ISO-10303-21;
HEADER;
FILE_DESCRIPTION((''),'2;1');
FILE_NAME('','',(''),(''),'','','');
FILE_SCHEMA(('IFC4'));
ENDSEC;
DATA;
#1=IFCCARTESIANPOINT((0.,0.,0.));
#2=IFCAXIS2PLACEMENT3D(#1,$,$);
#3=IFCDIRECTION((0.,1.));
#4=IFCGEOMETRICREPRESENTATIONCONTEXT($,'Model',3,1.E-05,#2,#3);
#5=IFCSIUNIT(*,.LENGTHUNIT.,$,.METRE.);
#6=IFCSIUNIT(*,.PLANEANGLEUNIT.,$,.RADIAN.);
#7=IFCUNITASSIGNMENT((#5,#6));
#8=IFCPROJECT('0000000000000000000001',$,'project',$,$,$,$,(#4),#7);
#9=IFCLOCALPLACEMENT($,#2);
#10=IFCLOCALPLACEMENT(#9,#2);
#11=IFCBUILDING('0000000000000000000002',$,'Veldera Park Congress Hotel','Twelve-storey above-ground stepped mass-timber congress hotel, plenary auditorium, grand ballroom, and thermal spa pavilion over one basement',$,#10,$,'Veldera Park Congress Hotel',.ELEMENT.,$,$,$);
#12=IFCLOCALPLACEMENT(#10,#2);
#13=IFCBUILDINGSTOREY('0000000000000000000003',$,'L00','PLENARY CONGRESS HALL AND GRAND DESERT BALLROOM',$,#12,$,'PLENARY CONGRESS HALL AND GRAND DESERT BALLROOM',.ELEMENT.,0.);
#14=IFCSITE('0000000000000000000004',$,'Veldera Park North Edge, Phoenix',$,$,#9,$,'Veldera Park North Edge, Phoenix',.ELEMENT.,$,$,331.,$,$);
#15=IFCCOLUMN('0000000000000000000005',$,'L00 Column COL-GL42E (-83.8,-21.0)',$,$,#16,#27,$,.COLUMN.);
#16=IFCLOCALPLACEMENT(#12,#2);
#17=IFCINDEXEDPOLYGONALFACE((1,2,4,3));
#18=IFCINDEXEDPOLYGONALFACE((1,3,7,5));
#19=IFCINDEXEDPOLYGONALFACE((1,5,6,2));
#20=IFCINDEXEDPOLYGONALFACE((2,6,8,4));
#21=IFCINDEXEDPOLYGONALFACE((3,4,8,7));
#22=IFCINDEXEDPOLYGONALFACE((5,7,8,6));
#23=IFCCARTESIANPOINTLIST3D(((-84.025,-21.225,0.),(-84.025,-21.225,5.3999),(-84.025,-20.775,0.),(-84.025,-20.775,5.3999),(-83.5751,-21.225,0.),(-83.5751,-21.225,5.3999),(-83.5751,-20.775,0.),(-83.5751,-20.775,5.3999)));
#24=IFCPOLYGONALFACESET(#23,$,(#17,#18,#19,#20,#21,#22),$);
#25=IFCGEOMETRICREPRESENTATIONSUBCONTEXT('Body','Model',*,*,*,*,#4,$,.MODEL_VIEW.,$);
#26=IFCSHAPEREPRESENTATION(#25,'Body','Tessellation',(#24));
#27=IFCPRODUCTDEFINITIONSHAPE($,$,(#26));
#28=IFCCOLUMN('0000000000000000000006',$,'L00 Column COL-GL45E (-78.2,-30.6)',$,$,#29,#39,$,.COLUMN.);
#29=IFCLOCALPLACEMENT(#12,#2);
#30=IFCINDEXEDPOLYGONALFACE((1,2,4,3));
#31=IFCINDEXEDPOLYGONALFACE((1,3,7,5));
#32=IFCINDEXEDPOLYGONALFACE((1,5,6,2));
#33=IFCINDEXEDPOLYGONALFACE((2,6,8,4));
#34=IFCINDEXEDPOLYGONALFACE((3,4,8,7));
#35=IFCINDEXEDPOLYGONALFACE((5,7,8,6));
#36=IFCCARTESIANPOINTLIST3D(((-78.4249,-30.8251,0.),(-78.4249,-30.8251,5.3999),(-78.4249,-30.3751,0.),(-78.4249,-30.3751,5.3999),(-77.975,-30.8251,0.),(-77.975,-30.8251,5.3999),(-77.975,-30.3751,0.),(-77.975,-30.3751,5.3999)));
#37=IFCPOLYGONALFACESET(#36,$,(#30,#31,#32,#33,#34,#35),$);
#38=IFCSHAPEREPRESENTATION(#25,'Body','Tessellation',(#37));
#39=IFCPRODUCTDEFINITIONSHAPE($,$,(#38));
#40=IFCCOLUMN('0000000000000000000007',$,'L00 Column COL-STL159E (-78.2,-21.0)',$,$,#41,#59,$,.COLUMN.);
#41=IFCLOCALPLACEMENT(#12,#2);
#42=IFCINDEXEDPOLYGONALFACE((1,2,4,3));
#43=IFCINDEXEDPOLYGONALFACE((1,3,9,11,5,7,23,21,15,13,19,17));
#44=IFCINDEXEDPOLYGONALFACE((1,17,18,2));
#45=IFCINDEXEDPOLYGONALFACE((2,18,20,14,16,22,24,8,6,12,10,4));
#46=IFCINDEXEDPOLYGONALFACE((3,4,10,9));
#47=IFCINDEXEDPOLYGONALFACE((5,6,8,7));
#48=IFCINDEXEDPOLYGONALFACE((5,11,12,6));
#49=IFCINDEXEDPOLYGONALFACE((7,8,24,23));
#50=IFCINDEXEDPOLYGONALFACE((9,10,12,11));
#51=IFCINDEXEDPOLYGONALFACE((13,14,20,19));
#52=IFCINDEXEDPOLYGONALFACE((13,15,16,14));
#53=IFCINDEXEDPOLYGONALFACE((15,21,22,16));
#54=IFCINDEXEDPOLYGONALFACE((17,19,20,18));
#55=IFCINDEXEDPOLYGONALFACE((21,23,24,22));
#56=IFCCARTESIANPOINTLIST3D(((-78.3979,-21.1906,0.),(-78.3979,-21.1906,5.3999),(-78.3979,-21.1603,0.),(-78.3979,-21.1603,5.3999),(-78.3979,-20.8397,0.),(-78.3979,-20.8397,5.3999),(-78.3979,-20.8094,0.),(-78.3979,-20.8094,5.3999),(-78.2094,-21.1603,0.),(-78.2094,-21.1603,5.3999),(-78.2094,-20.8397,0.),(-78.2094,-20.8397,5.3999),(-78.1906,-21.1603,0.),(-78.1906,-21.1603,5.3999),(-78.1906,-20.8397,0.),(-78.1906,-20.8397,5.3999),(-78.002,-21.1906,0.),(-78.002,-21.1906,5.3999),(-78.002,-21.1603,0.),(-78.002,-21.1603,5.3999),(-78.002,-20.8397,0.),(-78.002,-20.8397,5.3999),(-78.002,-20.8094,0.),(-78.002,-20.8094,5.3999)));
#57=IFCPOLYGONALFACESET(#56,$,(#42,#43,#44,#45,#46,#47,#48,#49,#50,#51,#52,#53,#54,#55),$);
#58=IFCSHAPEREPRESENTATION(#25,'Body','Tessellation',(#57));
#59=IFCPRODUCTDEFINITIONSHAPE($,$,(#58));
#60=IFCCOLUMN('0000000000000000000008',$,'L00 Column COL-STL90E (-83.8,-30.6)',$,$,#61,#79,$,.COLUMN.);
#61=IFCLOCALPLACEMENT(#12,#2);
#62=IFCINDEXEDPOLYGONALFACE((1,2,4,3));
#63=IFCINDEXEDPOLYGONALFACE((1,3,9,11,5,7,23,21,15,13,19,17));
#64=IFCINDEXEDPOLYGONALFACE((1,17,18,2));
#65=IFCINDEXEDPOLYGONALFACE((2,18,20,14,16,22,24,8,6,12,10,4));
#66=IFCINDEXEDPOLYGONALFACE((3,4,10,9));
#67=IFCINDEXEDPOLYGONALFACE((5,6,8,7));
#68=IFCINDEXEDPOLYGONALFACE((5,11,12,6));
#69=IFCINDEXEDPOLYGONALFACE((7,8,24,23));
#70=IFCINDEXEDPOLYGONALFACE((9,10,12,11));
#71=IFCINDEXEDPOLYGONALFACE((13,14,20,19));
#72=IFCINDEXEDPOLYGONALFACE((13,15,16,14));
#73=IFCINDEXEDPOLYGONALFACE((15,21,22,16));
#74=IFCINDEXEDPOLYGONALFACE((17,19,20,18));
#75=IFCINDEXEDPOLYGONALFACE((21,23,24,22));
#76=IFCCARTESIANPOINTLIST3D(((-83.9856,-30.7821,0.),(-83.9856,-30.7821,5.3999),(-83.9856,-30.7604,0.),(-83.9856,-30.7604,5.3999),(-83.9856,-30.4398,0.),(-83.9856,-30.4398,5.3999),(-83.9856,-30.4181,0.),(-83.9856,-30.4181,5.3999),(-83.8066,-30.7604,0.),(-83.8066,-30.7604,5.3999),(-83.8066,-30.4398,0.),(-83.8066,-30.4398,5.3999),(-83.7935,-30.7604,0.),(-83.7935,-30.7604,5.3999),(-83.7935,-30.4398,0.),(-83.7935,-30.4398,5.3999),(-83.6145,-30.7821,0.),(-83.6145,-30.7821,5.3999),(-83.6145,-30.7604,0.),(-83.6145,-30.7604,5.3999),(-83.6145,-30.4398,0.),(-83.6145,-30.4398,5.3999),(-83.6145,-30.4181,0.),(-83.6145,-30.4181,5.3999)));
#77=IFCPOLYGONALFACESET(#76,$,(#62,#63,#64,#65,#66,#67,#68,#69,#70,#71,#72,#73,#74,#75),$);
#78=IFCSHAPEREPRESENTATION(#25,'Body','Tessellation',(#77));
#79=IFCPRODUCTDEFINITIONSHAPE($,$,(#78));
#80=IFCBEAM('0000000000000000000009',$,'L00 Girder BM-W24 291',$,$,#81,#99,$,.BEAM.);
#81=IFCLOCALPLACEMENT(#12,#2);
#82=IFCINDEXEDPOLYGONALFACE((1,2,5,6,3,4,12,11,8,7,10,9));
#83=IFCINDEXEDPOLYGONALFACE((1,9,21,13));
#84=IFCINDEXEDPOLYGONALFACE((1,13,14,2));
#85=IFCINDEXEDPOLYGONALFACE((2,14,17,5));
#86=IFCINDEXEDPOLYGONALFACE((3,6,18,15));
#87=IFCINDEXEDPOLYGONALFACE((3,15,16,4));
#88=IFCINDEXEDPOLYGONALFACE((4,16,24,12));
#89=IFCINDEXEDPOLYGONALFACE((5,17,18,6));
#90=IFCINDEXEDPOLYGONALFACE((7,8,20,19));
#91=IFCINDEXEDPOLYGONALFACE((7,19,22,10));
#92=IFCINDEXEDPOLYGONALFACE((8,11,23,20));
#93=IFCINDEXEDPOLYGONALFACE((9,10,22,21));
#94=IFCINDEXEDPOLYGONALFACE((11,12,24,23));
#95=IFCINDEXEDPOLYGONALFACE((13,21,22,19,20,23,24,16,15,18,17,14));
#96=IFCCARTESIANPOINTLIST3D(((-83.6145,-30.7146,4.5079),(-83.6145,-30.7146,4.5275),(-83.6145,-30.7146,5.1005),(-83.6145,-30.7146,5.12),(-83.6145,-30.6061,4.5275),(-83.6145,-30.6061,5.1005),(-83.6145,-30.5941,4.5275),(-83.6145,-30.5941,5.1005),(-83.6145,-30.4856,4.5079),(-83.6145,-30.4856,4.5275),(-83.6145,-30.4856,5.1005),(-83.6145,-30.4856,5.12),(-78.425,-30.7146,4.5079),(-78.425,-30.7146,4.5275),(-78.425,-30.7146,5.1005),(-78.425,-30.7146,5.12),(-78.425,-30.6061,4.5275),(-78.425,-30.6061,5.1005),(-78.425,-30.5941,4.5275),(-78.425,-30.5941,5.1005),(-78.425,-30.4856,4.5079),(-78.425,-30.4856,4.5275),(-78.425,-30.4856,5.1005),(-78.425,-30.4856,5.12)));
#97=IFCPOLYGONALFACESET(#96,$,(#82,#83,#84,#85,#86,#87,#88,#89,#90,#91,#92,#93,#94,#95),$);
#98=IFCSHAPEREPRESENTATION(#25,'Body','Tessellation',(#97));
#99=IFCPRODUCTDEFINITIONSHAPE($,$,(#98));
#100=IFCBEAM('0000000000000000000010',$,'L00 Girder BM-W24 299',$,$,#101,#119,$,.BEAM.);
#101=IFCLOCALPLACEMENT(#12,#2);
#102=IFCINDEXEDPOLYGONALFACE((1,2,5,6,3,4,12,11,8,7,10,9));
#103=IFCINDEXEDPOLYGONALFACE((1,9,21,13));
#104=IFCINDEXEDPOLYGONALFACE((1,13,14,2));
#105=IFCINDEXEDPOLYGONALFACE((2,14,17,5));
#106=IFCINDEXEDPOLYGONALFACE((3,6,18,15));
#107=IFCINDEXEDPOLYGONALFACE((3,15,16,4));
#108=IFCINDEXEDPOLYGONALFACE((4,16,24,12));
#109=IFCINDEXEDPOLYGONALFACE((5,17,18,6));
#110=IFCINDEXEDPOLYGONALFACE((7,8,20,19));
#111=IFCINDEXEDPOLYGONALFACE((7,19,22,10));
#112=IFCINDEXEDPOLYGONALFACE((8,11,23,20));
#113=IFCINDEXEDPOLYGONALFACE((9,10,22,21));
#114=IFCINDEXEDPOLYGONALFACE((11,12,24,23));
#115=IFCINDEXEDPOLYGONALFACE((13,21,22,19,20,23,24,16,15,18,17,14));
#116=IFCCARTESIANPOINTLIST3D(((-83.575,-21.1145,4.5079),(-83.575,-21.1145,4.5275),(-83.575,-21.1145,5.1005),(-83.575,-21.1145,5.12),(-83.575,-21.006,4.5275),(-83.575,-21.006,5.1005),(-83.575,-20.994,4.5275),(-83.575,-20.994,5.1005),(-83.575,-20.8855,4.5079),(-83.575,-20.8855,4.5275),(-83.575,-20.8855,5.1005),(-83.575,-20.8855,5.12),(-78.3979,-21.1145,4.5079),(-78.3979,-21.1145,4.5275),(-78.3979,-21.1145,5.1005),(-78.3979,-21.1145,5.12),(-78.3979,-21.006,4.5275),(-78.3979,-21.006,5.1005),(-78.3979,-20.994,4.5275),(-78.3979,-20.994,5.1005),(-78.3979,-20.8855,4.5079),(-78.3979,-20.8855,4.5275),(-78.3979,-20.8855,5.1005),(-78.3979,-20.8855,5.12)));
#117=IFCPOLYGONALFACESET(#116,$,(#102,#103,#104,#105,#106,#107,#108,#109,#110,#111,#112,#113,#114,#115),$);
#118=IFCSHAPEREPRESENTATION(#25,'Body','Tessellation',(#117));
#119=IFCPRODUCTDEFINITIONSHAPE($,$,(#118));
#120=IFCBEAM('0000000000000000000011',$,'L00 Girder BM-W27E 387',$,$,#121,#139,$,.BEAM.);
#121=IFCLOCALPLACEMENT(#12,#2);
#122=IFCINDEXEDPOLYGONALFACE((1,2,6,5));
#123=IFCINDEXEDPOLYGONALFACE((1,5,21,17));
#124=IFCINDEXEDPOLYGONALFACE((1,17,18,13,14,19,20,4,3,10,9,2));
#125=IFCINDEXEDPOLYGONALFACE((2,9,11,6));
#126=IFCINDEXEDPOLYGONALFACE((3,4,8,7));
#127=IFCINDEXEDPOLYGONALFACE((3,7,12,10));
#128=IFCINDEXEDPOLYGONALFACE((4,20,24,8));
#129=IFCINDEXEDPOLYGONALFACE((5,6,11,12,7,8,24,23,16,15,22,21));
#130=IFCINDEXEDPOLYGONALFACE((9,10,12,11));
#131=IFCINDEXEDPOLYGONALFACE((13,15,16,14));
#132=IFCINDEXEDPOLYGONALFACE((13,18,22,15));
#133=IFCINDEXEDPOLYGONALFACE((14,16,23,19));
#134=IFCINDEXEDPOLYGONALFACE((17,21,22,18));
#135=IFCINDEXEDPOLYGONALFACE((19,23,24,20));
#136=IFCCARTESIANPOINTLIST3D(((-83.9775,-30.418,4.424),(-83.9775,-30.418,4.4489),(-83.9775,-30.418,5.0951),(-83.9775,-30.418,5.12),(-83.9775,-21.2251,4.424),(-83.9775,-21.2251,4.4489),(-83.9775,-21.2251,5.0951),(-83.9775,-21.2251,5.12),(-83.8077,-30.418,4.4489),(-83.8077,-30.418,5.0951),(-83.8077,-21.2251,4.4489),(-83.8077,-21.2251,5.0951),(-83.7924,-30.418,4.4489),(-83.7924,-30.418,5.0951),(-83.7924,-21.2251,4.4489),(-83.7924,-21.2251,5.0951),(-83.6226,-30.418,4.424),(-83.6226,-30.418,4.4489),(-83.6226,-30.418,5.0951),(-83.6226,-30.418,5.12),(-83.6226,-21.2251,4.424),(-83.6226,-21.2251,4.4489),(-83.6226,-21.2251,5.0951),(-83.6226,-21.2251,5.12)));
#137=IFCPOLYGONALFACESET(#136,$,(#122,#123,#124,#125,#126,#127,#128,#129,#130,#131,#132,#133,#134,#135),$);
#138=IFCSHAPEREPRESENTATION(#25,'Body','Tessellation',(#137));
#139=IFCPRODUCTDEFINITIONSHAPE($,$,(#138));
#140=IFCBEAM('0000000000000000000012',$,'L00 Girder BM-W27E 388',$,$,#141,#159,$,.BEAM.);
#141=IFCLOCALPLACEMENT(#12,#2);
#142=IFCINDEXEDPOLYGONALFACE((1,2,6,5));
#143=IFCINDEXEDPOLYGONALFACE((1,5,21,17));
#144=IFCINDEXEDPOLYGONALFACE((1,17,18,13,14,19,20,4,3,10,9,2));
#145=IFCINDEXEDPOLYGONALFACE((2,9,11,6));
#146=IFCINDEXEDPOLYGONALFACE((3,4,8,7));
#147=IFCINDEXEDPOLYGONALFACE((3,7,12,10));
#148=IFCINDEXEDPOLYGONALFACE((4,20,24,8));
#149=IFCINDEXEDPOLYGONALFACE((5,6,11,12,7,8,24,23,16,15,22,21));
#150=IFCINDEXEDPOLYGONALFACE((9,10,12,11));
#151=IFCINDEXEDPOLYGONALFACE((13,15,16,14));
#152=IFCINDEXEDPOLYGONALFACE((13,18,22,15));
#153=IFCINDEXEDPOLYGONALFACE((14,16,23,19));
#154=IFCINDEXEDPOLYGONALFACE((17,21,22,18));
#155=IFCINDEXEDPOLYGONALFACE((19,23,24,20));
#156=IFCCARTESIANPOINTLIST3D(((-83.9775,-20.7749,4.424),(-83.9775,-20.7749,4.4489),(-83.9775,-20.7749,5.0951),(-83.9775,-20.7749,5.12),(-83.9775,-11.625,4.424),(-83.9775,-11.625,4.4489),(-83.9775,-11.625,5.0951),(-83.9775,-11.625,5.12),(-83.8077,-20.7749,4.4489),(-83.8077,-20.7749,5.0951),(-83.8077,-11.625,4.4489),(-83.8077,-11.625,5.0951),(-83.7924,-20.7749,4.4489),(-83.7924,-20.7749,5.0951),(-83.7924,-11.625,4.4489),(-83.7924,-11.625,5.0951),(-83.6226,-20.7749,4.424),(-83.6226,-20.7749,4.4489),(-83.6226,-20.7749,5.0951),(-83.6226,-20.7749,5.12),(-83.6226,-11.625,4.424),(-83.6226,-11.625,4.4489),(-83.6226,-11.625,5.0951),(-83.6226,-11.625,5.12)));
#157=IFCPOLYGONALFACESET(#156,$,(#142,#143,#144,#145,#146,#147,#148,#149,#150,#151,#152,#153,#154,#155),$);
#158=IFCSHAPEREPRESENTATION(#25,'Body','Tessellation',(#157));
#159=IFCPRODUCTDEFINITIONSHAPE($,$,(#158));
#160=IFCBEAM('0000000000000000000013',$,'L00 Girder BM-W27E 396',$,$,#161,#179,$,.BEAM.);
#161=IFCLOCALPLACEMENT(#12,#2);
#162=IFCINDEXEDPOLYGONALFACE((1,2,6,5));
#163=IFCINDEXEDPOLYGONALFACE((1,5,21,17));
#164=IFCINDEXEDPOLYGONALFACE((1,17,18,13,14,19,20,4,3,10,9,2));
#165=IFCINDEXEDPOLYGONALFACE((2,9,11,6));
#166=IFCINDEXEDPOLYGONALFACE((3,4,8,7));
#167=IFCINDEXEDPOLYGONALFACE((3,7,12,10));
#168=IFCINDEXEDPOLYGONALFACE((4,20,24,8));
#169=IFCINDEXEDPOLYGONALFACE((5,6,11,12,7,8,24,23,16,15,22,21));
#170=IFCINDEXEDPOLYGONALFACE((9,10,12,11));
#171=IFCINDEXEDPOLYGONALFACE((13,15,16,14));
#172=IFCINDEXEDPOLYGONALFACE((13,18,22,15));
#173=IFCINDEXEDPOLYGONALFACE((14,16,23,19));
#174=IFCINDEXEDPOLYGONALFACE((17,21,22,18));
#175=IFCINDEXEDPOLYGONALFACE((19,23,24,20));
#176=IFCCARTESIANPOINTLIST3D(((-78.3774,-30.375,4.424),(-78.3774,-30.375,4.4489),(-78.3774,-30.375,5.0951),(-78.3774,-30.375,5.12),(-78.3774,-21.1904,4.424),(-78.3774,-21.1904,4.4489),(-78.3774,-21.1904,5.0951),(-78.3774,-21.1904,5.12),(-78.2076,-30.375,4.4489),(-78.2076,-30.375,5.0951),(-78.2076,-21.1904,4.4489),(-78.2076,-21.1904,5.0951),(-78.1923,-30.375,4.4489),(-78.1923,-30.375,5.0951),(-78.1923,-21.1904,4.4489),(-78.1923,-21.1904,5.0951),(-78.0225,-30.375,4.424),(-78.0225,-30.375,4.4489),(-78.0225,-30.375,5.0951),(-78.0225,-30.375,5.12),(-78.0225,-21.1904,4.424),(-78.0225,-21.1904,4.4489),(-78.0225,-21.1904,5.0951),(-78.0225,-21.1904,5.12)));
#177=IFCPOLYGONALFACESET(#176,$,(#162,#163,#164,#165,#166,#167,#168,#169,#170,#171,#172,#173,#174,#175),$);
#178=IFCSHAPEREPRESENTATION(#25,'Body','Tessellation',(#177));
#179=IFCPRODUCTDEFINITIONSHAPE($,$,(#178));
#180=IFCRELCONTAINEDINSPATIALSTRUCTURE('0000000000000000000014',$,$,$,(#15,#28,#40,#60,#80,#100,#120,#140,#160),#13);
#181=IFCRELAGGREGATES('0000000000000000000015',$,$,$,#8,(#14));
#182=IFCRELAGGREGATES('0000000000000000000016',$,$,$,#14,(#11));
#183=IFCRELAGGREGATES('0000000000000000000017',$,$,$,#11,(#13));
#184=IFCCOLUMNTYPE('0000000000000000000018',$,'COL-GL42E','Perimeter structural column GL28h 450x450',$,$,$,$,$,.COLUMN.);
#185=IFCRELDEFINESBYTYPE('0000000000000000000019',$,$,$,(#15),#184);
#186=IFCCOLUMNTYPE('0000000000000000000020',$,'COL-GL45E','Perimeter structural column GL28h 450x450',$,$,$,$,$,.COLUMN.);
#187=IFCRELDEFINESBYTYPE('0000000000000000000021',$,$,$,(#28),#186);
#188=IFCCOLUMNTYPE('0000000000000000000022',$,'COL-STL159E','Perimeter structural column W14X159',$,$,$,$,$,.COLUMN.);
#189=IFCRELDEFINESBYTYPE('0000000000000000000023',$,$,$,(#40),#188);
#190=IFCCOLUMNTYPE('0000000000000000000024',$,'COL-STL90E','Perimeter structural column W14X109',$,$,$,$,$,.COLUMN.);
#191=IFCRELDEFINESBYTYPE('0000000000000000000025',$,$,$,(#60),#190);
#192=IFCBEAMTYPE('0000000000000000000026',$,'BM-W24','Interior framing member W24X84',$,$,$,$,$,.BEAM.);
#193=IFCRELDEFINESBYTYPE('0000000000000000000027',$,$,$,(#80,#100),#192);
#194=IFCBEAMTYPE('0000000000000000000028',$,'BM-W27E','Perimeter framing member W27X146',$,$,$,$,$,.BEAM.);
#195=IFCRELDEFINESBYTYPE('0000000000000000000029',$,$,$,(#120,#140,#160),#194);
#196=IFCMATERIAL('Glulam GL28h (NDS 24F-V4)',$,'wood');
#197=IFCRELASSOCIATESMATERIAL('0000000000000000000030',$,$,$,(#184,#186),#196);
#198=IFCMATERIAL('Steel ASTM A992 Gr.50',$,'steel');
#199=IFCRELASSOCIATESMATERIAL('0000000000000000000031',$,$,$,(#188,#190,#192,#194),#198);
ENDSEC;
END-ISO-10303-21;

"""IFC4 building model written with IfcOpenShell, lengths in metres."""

from ifc_helpers import new_model, si_unit, direction, frame, origin, origin_2d, place, context, subcontext, project, spatial, rectangle, i_section, extrude, material, material_profile, profile_set, type_object, element, save


model = new_model("IFC4")

# Units and contexts
model_context = context("Model", 3, precision=1e-05, world=origin(), true_north=direction((0.0, 1.0)))
body_context = subcontext(model_context, "Body", "Model", "MODEL_VIEW")
ifc_project = project(units=[si_unit("LENGTHUNIT", "METRE"), si_unit("PLANEANGLEUNIT", "RADIAN")], contexts=[model_context])

# Site, building, storey
site_placement = place(None, origin())
site = spatial("IfcSite", under=ifc_project, at=site_placement, Name="Veldera Park North Edge, Phoenix", LongName="Veldera Park North Edge, Phoenix", CompositionType="ELEMENT", RefElevation=331.0)
building_placement = place(site_placement, origin())
building = spatial("IfcBuilding", under=site, at=building_placement, Name="Veldera Park Congress Hotel", Description="Twelve-storey above-ground stepped mass-timber congress hotel, plenary auditorium, grand ballroom, and thermal spa pavilion over one basement", LongName="Veldera Park Congress Hotel", CompositionType="ELEMENT")
storey_placement = place(building_placement, origin())
storey = spatial("IfcBuildingStorey", under=building, at=storey_placement, Name="L00", Description="PLENARY CONGRESS HALL AND GRAND DESERT BALLROOM", LongName="PLENARY CONGRESS HALL AND GRAND DESERT BALLROOM", CompositionType="ELEMENT", Elevation=0.0)

# Columns
ifc_material_1 = material(Name="Glulam GL28h (NDS 24F-V4)", Category="wood")
ifc_material_profile_1 = material_profile(ifc_material_1, rectangle(XDim=0.45, YDim=0.45, at=origin_2d()), Name="GL28h 450x450")
ifc_profile_set_1 = profile_set([ifc_material_profile_1], Name="Glulam GL28h (NDS 24F-V4)")
column_type_1 = type_object("IfcColumnType", Name="COL-GL42E", Description="Perimeter structural column GL28h 450x450", PredefinedType="COLUMN", material=ifc_profile_set_1)
column_1_placement = place(storey_placement, frame((-83.8, -21.0, 0.0), z_axis=(0.0, 0.0, 1.0), x_axis=(1.0, 0.0, 0.0)))
element("IfcColumn", 1, at=column_1_placement, inside=storey, type_object=column_type_1, Name="L00 Column COL-GL42E (-83.8,-21.0)", PredefinedType="COLUMN", context=body_context, shape_type="SweptSolid", body=[
    extrude(rectangle(XDim=0.45, YDim=0.45, at=origin_2d()), origin(), (0.0, 0.0, 1.0), 5.3999),
])
ifc_material_profile_2 = material_profile(ifc_material_1, rectangle(XDim=0.45, YDim=0.45, at=origin_2d()), Name="GL28h 450x450")
ifc_profile_set_2 = profile_set([ifc_material_profile_2], Name="Glulam GL28h (NDS 24F-V4)")
column_type_2 = type_object("IfcColumnType", Name="COL-GL45E", Description="Perimeter structural column GL28h 450x450", PredefinedType="COLUMN", material=ifc_profile_set_2)
column_2_placement = place(storey_placement, frame((-78.2, -30.6001, 0.0), z_axis=(0.0, 0.0, 1.0), x_axis=(1.0, 0.0, 0.0)))
element("IfcColumn", 2, at=column_2_placement, inside=storey, type_object=column_type_2, Name="L00 Column COL-GL45E (-78.2,-30.6)", PredefinedType="COLUMN", context=body_context, shape_type="SweptSolid", body=[
    extrude(rectangle(XDim=0.45, YDim=0.45, at=origin_2d()), origin(), (0.0, 0.0, 1.0), 5.3999),
])
ifc_material_2 = material(Name="Steel ASTM A992 Gr.50", Category="steel")
ifc_material_profile_3 = material_profile(ifc_material_2, i_section(OverallWidth=0.396, OverallDepth=0.3811, WebThickness=0.0188, FlangeThickness=0.0303, at=origin_2d()), Name="W14X159")
ifc_profile_set_3 = profile_set([ifc_material_profile_3], Name="Steel ASTM A992 Gr.50")
column_type_3 = type_object("IfcColumnType", Name="COL-STL159E", Description="Perimeter structural column W14X159", PredefinedType="COLUMN", material=ifc_profile_set_3)
column_3_placement = place(storey_placement, frame((-78.2, -21.0, 0.0), z_axis=(0.0, 0.0, 1.0), x_axis=(1.0, 0.0, 0.0)))
element("IfcColumn", 3, at=column_3_placement, inside=storey, type_object=column_type_3, Name="L00 Column COL-STL159E (-78.2,-21.0)", PredefinedType="COLUMN", context=body_context, shape_type="SweptSolid", body=[
    extrude(i_section(OverallWidth=0.396, OverallDepth=0.3811, WebThickness=0.0188, FlangeThickness=0.0303, at=origin_2d()), origin(), (0.0, 0.0, 1.0), 5.3999),
])
ifc_material_profile_4 = material_profile(ifc_material_2, i_section(OverallWidth=0.3711, OverallDepth=0.364, WebThickness=0.0132, FlangeThickness=0.0217, at=origin_2d()), Name="W14X109")
ifc_profile_set_4 = profile_set([ifc_material_profile_4], Name="Steel ASTM A992 Gr.50")
column_type_4 = type_object("IfcColumnType", Name="COL-STL90E", Description="Perimeter structural column W14X109", PredefinedType="COLUMN", material=ifc_profile_set_4)
column_4_placement = place(storey_placement, frame((-83.8, -30.6001, 0.0), z_axis=(0.0, 0.0, 1.0), x_axis=(1.0, 0.0, 0.0)))
element("IfcColumn", 4, at=column_4_placement, inside=storey, type_object=column_type_4, Name="L00 Column COL-STL90E (-83.8,-30.6)", PredefinedType="COLUMN", context=body_context, shape_type="SweptSolid", body=[
    extrude(i_section(OverallWidth=0.3711, OverallDepth=0.364, WebThickness=0.0132, FlangeThickness=0.0217, at=origin_2d()), origin(), (0.0, 0.0, 1.0), 5.3999),
])

# Beams
ifc_material_profile_5 = material_profile(ifc_material_2, i_section(OverallWidth=0.229, OverallDepth=0.6121, WebThickness=0.012, FlangeThickness=0.0195, at=origin_2d()), Name="W24X84")
ifc_profile_set_5 = profile_set([ifc_material_profile_5], Name="Steel ASTM A992 Gr.50")
beam_type_1 = type_object("IfcBeamType", Name="BM-W24", Description="Interior framing member W24X84", PredefinedType="BEAM", material=ifc_profile_set_5)
beam_1_placement = place(storey_placement, frame((-83.6145, -30.6001, 4.814), z_axis=(1.0, 0.0, 0.0), x_axis=(0.0, 1.0, 0.0)))
element("IfcBeam", 5, at=beam_1_placement, inside=storey, type_object=beam_type_1, Name="L00 Girder BM-W24 291", PredefinedType="BEAM", context=body_context, shape_type="SweptSolid", body=[
    extrude(i_section(OverallWidth=0.229, OverallDepth=0.6121, WebThickness=0.012, FlangeThickness=0.0195, at=origin_2d()), origin(), (0.0, 0.0, 1.0), 5.1895),
])
beam_2_placement = place(storey_placement, frame((-83.575, -21.0, 4.814), z_axis=(1.0, 0.0, 0.0), x_axis=(0.0, 1.0, 0.0)))
element("IfcBeam", 6, at=beam_2_placement, inside=storey, type_object=beam_type_1, Name="L00 Girder BM-W24 299", PredefinedType="BEAM", context=body_context, shape_type="SweptSolid", body=[
    extrude(i_section(OverallWidth=0.229, OverallDepth=0.6121, WebThickness=0.012, FlangeThickness=0.0195, at=origin_2d()), origin(), (0.0, 0.0, 1.0), 5.177),
])
ifc_material_profile_6 = material_profile(ifc_material_2, i_section(OverallWidth=0.355, OverallDepth=0.696, WebThickness=0.0154, FlangeThickness=0.0249, at=origin_2d()), Name="W27X146")
ifc_profile_set_6 = profile_set([ifc_material_profile_6], Name="Steel ASTM A992 Gr.50")
beam_type_2 = type_object("IfcBeamType", Name="BM-W27E", Description="Perimeter framing member W27X146", PredefinedType="BEAM", material=ifc_profile_set_6)
beam_3_placement = place(storey_placement, frame((-83.8, -30.418, 4.772), z_axis=(0.0, 1.0, 0.0), x_axis=(-1.0, 0.0, 0.0)))
element("IfcBeam", 7, at=beam_3_placement, inside=storey, type_object=beam_type_2, Name="L00 Girder BM-W27E 387", PredefinedType="BEAM", context=body_context, shape_type="SweptSolid", body=[
    extrude(i_section(OverallWidth=0.355, OverallDepth=0.696, WebThickness=0.0154, FlangeThickness=0.0249, at=origin_2d()), origin(), (0.0, 0.0, 1.0), 9.1929),
])
beam_4_placement = place(storey_placement, frame((-83.8, -20.7749, 4.772), z_axis=(0.0, 1.0, 0.0), x_axis=(-1.0, 0.0, 0.0)))
element("IfcBeam", 8, at=beam_4_placement, inside=storey, type_object=beam_type_2, Name="L00 Girder BM-W27E 388", PredefinedType="BEAM", context=body_context, shape_type="SweptSolid", body=[
    extrude(i_section(OverallWidth=0.355, OverallDepth=0.696, WebThickness=0.0154, FlangeThickness=0.0249, at=origin_2d()), origin(), (0.0, 0.0, 1.0), 9.1499),
])
beam_5_placement = place(storey_placement, frame((-78.2, -30.375, 4.772), z_axis=(0.0, 1.0, 0.0), x_axis=(-1.0, 0.0, 0.0)))
element("IfcBeam", 9, at=beam_5_placement, inside=storey, type_object=beam_type_2, Name="L00 Girder BM-W27E 396", PredefinedType="BEAM", context=body_context, shape_type="SweptSolid", body=[
    extrude(i_section(OverallWidth=0.355, OverallDepth=0.696, WebThickness=0.0154, FlangeThickness=0.0249, at=origin_2d()), origin(), (0.0, 0.0, 1.0), 9.1846),
])

save(model, "model.ifc")
